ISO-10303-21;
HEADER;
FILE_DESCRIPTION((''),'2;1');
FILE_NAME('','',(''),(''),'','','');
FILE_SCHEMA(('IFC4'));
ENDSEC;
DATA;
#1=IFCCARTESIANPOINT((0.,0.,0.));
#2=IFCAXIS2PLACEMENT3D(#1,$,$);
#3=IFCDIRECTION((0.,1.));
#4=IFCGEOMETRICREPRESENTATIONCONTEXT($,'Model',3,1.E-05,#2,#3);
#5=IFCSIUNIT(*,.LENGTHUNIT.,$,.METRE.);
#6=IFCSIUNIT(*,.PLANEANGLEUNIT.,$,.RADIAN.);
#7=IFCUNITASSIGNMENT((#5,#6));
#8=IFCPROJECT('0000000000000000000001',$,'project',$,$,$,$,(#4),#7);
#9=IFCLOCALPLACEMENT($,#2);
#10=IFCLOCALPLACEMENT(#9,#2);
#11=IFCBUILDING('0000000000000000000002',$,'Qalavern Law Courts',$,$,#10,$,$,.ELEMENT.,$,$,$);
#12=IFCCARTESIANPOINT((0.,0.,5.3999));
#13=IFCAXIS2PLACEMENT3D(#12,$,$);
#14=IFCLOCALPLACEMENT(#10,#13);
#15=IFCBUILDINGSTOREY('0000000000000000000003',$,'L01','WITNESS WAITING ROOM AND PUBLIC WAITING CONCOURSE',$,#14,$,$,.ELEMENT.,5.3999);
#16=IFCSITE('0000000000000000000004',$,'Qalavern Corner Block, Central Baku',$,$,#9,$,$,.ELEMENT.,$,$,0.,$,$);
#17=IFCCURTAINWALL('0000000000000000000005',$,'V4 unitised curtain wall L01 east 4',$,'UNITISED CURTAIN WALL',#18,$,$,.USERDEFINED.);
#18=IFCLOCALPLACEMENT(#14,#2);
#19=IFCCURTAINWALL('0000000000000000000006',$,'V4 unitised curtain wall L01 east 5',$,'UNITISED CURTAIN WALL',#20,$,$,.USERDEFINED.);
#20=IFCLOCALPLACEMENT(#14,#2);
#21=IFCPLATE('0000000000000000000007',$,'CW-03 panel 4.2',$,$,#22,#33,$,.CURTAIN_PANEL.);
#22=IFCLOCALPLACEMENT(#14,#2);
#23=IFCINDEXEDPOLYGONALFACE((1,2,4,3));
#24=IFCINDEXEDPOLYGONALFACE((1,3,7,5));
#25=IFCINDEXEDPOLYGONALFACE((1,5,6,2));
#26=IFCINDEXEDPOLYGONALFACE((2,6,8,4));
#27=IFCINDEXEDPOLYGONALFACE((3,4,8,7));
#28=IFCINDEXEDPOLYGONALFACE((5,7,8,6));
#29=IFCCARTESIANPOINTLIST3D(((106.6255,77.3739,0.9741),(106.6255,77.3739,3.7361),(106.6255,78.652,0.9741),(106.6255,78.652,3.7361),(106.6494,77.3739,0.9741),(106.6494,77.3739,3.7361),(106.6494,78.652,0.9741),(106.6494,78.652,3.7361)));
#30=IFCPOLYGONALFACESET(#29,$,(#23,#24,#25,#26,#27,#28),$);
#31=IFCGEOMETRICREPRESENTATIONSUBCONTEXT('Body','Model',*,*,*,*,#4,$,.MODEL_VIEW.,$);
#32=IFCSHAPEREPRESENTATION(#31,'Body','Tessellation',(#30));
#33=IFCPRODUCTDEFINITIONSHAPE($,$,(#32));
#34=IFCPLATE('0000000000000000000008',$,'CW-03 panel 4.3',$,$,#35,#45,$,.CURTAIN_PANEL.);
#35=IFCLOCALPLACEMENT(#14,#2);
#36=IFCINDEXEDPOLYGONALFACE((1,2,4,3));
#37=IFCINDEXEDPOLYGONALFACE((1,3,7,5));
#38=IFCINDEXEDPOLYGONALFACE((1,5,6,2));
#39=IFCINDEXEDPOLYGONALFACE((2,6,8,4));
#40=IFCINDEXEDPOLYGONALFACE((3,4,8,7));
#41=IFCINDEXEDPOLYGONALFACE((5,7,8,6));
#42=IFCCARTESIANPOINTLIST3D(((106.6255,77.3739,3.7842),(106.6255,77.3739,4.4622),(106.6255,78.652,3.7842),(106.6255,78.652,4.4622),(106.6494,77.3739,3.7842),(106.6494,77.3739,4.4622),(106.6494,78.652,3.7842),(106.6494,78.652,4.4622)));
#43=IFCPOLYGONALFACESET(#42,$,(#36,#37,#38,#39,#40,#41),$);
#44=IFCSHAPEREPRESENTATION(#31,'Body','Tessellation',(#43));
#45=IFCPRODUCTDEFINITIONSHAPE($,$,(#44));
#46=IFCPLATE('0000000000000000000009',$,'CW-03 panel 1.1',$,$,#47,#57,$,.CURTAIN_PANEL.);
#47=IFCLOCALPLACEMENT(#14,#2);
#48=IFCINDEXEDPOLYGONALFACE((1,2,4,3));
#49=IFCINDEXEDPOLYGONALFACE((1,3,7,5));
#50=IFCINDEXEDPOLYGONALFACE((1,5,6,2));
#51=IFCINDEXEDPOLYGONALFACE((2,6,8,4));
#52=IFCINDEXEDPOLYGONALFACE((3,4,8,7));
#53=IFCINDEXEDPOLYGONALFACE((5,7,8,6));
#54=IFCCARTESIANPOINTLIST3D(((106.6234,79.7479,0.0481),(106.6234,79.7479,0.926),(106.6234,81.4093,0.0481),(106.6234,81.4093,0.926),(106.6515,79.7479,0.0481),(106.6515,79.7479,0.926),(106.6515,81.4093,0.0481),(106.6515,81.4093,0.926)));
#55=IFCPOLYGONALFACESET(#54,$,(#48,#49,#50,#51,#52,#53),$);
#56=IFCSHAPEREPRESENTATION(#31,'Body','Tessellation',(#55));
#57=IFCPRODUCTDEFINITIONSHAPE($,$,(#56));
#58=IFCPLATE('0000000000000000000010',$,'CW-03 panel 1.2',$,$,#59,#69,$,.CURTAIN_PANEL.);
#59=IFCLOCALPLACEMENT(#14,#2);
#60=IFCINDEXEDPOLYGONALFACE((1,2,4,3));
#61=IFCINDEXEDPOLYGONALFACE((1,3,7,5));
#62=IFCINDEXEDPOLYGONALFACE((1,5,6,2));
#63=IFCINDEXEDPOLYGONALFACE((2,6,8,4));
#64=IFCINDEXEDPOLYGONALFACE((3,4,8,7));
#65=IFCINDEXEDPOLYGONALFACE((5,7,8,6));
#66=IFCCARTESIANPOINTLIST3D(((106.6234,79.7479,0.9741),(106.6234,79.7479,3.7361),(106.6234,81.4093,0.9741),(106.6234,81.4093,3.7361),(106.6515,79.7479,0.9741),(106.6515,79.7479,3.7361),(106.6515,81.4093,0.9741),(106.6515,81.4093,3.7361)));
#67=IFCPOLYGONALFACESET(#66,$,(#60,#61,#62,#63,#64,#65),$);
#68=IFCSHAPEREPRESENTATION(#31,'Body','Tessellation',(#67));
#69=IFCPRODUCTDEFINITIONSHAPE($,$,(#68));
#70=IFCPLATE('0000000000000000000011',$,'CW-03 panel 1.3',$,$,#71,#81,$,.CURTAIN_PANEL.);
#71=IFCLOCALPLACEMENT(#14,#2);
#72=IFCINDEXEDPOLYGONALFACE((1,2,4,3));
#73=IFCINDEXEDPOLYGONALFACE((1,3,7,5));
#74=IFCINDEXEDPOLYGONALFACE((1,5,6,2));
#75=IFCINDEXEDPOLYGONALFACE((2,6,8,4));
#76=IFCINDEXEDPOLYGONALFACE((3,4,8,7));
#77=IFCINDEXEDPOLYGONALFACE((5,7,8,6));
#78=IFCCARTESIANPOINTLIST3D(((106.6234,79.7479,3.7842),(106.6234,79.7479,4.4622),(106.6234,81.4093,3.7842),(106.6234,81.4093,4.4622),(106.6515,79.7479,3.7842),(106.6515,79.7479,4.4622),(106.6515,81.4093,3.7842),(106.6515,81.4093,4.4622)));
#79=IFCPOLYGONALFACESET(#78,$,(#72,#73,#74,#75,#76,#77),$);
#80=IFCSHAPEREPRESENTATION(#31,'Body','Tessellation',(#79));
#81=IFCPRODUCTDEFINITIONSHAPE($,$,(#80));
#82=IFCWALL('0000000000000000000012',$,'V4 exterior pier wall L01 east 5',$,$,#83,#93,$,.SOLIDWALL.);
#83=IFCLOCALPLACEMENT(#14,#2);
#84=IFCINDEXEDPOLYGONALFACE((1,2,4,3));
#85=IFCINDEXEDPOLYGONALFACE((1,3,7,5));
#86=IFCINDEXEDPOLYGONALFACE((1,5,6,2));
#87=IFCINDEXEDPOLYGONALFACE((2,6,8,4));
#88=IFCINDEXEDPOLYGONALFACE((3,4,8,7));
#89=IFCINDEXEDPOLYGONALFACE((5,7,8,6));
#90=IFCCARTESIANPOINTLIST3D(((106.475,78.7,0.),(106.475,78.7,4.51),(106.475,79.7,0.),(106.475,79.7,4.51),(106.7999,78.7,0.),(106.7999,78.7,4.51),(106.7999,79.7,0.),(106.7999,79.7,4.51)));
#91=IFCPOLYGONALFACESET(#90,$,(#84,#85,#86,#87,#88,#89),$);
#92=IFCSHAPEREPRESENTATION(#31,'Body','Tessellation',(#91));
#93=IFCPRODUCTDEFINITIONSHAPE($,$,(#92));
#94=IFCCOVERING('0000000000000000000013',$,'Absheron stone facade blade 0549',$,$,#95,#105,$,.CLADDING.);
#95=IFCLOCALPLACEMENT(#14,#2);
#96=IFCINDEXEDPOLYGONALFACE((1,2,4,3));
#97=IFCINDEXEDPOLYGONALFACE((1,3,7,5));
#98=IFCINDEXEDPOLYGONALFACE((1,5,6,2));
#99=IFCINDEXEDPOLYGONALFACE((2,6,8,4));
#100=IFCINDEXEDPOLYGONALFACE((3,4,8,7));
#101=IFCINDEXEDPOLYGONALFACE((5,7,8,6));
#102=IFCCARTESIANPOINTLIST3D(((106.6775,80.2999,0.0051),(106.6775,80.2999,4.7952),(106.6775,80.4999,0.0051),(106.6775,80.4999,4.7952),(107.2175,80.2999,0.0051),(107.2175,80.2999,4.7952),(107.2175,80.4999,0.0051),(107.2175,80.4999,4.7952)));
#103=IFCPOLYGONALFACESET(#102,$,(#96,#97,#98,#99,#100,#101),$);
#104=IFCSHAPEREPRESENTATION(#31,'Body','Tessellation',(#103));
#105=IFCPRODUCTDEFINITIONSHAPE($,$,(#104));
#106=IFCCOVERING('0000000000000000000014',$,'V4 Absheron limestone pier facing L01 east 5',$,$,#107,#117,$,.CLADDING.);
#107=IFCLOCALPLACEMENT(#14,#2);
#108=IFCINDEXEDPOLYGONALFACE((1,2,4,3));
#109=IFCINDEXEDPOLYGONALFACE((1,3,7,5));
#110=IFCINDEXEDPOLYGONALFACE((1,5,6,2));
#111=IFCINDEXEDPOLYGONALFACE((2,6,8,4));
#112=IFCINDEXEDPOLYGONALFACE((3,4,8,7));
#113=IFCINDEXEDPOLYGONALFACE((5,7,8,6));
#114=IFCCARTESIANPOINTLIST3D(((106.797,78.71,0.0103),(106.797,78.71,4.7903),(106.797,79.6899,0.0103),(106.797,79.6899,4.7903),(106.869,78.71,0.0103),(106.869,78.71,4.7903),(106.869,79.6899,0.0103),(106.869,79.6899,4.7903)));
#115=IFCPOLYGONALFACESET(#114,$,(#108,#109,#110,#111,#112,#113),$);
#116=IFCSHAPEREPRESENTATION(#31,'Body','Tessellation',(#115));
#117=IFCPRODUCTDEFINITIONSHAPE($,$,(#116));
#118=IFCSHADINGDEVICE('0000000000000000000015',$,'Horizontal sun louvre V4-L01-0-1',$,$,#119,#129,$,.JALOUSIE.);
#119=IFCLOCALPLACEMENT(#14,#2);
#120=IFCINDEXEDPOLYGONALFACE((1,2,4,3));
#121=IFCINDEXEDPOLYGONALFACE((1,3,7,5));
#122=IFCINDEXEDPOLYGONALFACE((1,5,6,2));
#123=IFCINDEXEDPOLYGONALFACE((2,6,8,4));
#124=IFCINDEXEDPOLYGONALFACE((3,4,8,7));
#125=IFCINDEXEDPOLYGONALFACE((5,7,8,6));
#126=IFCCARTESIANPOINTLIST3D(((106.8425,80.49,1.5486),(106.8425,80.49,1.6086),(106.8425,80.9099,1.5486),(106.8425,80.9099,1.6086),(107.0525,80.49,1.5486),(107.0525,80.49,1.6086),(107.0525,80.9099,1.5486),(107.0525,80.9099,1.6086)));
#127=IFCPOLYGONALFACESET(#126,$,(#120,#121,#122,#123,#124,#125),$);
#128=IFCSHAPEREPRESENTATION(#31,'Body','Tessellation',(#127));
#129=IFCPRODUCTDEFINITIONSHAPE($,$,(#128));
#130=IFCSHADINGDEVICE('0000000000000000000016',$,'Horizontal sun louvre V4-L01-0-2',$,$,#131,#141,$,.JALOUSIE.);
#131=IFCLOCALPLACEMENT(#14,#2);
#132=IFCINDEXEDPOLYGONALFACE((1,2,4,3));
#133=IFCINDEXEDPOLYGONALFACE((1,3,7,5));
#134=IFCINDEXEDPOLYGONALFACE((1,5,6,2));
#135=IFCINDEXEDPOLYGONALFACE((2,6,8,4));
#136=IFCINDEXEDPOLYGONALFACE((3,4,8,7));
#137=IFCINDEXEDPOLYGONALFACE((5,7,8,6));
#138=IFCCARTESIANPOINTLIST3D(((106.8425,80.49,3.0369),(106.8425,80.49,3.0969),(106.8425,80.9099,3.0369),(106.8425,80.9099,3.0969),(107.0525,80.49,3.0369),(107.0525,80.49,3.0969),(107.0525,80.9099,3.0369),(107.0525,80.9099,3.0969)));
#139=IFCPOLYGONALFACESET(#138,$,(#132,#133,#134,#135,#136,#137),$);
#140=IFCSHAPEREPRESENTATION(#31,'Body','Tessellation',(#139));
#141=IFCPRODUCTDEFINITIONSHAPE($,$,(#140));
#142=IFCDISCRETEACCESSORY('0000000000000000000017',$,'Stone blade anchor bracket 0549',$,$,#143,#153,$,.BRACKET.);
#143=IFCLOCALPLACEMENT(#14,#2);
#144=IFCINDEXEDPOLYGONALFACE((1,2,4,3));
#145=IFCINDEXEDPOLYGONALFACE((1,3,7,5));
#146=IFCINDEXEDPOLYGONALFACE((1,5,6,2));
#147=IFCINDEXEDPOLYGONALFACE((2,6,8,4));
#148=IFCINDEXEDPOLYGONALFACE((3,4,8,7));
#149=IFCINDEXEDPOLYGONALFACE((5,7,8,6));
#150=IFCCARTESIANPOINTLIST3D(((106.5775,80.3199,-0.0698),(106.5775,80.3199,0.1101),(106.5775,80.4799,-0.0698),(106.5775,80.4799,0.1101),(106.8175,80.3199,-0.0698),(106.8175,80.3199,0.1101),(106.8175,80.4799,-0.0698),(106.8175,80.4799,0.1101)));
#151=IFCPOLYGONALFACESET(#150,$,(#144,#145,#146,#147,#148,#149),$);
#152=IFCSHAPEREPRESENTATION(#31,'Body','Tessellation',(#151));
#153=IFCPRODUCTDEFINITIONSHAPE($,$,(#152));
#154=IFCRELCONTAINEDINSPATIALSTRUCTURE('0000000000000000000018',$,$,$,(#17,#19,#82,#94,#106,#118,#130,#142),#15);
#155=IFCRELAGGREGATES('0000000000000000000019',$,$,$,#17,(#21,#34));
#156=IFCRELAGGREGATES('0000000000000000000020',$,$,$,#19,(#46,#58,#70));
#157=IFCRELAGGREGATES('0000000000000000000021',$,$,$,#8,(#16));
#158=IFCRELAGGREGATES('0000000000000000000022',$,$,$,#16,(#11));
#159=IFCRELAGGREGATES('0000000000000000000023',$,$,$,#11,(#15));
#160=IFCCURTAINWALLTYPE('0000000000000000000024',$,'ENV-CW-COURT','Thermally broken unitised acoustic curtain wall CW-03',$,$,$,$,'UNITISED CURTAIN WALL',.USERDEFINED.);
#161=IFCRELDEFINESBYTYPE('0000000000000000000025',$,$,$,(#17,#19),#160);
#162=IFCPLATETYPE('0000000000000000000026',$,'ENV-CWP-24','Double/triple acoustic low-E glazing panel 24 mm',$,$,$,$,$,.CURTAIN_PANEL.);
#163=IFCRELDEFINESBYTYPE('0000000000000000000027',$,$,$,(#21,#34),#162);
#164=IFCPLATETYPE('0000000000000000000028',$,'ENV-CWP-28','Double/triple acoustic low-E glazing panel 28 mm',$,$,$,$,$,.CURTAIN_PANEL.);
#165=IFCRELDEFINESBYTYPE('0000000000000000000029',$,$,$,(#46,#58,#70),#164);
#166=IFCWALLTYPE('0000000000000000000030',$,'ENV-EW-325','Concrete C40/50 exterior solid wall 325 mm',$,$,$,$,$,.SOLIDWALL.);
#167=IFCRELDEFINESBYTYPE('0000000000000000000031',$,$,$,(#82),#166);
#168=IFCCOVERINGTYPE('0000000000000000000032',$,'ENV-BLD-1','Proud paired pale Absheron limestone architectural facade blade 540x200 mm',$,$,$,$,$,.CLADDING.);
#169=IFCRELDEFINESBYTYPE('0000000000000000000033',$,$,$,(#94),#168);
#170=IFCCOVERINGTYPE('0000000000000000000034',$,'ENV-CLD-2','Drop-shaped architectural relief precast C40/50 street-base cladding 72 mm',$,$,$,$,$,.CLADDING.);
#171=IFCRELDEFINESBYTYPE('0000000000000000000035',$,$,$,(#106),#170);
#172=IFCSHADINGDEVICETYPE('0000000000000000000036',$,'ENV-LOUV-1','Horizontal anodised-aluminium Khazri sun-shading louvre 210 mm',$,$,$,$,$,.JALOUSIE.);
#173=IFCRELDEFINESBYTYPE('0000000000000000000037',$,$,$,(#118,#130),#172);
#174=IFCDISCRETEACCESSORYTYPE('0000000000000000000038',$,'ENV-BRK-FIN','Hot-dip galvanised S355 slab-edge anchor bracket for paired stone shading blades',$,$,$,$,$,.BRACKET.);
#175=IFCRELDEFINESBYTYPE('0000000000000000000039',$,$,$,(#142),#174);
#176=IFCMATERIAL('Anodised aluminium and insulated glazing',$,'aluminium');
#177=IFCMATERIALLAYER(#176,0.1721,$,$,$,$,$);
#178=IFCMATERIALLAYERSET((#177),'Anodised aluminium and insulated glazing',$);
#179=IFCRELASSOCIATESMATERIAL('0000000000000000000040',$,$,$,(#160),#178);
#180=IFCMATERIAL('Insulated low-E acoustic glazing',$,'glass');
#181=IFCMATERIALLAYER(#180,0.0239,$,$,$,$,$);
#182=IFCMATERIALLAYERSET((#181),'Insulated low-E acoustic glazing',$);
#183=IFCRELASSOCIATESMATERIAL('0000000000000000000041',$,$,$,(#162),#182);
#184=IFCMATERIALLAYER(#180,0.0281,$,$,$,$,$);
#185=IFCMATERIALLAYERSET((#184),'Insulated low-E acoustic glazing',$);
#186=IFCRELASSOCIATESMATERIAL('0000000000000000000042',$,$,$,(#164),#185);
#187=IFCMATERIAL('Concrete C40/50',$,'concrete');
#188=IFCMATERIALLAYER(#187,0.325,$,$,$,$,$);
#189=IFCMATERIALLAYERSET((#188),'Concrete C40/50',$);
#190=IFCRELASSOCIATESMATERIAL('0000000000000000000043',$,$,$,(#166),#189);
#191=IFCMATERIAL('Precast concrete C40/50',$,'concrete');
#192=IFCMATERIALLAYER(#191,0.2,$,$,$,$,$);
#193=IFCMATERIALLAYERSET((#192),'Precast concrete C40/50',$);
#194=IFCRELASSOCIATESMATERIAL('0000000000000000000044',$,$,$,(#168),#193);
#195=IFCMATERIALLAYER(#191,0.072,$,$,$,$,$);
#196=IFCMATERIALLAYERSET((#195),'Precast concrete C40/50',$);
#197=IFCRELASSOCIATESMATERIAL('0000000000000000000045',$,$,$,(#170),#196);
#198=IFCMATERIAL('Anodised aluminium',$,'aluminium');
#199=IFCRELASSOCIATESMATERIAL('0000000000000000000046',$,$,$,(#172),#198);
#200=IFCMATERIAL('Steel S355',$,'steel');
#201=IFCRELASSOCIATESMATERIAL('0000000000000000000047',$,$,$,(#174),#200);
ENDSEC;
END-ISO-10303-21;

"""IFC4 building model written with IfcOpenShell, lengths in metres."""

from ifc_helpers import new_model, si_unit, direction, frame, frame_2d, origin, origin_2d, place, context, subcontext, project, spatial, rectangle, extrude, material, layer, layer_set, type_object, element, aggregate, save


model = new_model("IFC4")

# Units and contexts
model_context = context("Model", 3, precision=1e-05, world=origin(), true_north=direction((0.0, 1.0)))
body_context = subcontext(model_context, "Body", "Model", "MODEL_VIEW")
ifc_project = project(units=[si_unit("LENGTHUNIT", "METRE"), si_unit("PLANEANGLEUNIT", "RADIAN")], contexts=[model_context])

# Site, building, storey
site_placement = place(None, origin())
site = spatial("IfcSite", under=ifc_project, at=site_placement, Name="Qalavern Corner Block, Central Baku", CompositionType="ELEMENT", RefElevation=0.0)
building_placement = place(site_placement, origin())
building = spatial("IfcBuilding", under=site, at=building_placement, Name="Qalavern Law Courts", CompositionType="ELEMENT")
storey_placement = place(building_placement, frame((0.0, 0.0, 5.3999)))
storey = spatial("IfcBuildingStorey", under=building, at=storey_placement, Name="L01", Description="WITNESS WAITING ROOM AND PUBLIC WAITING CONCOURSE", CompositionType="ELEMENT", Elevation=5.3999)

# Curtain walls
ifc_material_1 = material(Name="Anodised aluminium and insulated glazing", Category="aluminium")
ifc_layer_1 = layer(ifc_material_1, 0.1721)
ifc_layer_set_1 = layer_set([ifc_layer_1], Name="Anodised aluminium and insulated glazing")
curtain_wall_type = type_object("IfcCurtainWallType", Name="ENV-CW-COURT", Description="Thermally broken unitised acoustic curtain wall CW-03", ElementType="UNITISED CURTAIN WALL", PredefinedType="USERDEFINED", material=ifc_layer_set_1)
curtain_wall_1_placement = place(storey_placement, origin())
curtain_wall_1 = element("IfcCurtainWall", 1, at=curtain_wall_1_placement, inside=storey, type_object=curtain_wall_type, Name="V4 unitised curtain wall L01 east 4", ObjectType="UNITISED CURTAIN WALL", PredefinedType="USERDEFINED")
ifc_material_2 = material(Name="Anodised aluminium", Category="aluminium")
curtain_wall_2_placement = place(storey_placement, origin())
curtain_wall_2 = element("IfcCurtainWall", 2, at=curtain_wall_2_placement, inside=storey, type_object=curtain_wall_type, Name="V4 unitised curtain wall L01 east 5", ObjectType="UNITISED CURTAIN WALL", PredefinedType="USERDEFINED")

# Plates
ifc_material_3 = material(Name="Insulated low-E acoustic glazing", Category="glass")
ifc_layer_2 = layer(ifc_material_3, 0.0239)
ifc_layer_set_2 = layer_set([ifc_layer_2], Name="Insulated low-E acoustic glazing")
plate_type_1 = type_object("IfcPlateType", Name="ENV-CWP-24", Description="Double/triple acoustic low-E glazing panel 24 mm", PredefinedType="CURTAIN_PANEL", material=ifc_layer_set_2)
plate_1_placement = place(storey_placement, frame((106.6375, 78.0129, 0.9741), z_axis=(0.0, 0.0, 1.0), x_axis=(0.0, 1.0, 0.0)))
plate_1 = element("IfcPlate", 3, at=plate_1_placement, type_object=plate_type_1, Name="CW-03 panel 4.2", PredefinedType="CURTAIN_PANEL", context=body_context, shape_type="SweptSolid", body=[
    extrude(rectangle(XDim=1.2781, YDim=0.0239, at=origin_2d()), origin(), (0.0, 0.0, 1.0), 2.762),
])
plate_2_placement = place(storey_placement, frame((106.6375, 78.0129, 3.7842), z_axis=(0.0, 0.0, 1.0), x_axis=(0.0, 1.0, 0.0)))
plate_2 = element("IfcPlate", 4, at=plate_2_placement, type_object=plate_type_1, Name="CW-03 panel 4.3", PredefinedType="CURTAIN_PANEL", context=body_context, shape_type="SweptSolid", body=[
    extrude(rectangle(XDim=1.2781, YDim=0.0239, at=origin_2d()), origin(), (0.0, 0.0, 1.0), 0.678),
])
aggregate(curtain_wall_1, [plate_1, plate_2])
ifc_layer_3 = layer(ifc_material_3, 0.0281)
ifc_layer_set_3 = layer_set([ifc_layer_3], Name="Insulated low-E acoustic glazing")
plate_type_2 = type_object("IfcPlateType", Name="ENV-CWP-28", Description="Double/triple acoustic low-E glazing panel 28 mm", PredefinedType="CURTAIN_PANEL", material=ifc_layer_set_3)
plate_3_placement = place(storey_placement, frame((106.6375, 80.5786, 0.0481), z_axis=(0.0, 0.0, 1.0), x_axis=(0.0, 1.0, 0.0)))
plate_3 = element("IfcPlate", 5, at=plate_3_placement, type_object=plate_type_2, Name="CW-03 panel 1.1", PredefinedType="CURTAIN_PANEL", context=body_context, shape_type="SweptSolid", body=[
    extrude(rectangle(XDim=1.6614, YDim=0.0281, at=origin_2d()), origin(), (0.0, 0.0, 1.0), 0.8779),
])
plate_4_placement = place(storey_placement, frame((106.6375, 80.5786, 0.9741), z_axis=(0.0, 0.0, 1.0), x_axis=(0.0, 1.0, 0.0)))
plate_4 = element("IfcPlate", 6, at=plate_4_placement, type_object=plate_type_2, Name="CW-03 panel 1.2", PredefinedType="CURTAIN_PANEL", context=body_context, shape_type="SweptSolid", body=[
    extrude(rectangle(XDim=1.6614, YDim=0.0281, at=origin_2d()), origin(), (0.0, 0.0, 1.0), 2.762),
])
plate_5_placement = place(storey_placement, frame((106.6375, 80.5786, 3.7842), z_axis=(0.0, 0.0, 1.0), x_axis=(0.0, 1.0, 0.0)))
plate_5 = element("IfcPlate", 7, at=plate_5_placement, type_object=plate_type_2, Name="CW-03 panel 1.3", PredefinedType="CURTAIN_PANEL", context=body_context, shape_type="SweptSolid", body=[
    extrude(rectangle(XDim=1.6614, YDim=0.0281, at=origin_2d()), origin(), (0.0, 0.0, 1.0), 0.678),
])
aggregate(curtain_wall_2, [plate_3, plate_4, plate_5])

# Wall
ifc_material_4 = material(Name="Concrete C40/50", Category="concrete")
ifc_layer_4 = layer(ifc_material_4, 0.325)
ifc_layer_set_4 = layer_set([ifc_layer_4], Name="Concrete C40/50")
wall_type = type_object("IfcWallType", Name="ENV-EW-325", Description="Concrete C40/50 exterior solid wall 325 mm", PredefinedType="SOLIDWALL", material=ifc_layer_set_4)
wall_placement = place(storey_placement, frame((106.6375, 78.7, 0.0), z_axis=(0.0, 0.0, 1.0), x_axis=(0.0, 1.0, 0.0)))
element("IfcWall", 8, at=wall_placement, inside=storey, type_object=wall_type, Name="V4 exterior pier wall L01 east 5", PredefinedType="SOLIDWALL", context=body_context, shape_type="SweptSolid", body=[
    extrude(rectangle(XDim=1.0, YDim=0.325, at=frame_2d((0.5, 0.0))), origin(), (0.0, 0.0, 1.0), 4.51),
])

# Coverings
ifc_material_5 = material(Name="Precast concrete C40/50", Category="concrete")
ifc_layer_5 = layer(ifc_material_5, 0.2)
ifc_layer_set_5 = layer_set([ifc_layer_5], Name="Precast concrete C40/50")
covering_type_1 = type_object("IfcCoveringType", Name="ENV-BLD-1", Description="Proud paired pale Absheron limestone architectural facade blade 540x200 mm", PredefinedType="CLADDING", material=ifc_layer_set_5)
covering_1_placement = place(storey_placement, frame((106.9475, 80.3999, 0.0051), z_axis=(0.0, 0.0, 1.0), x_axis=(1.0, 0.0, 0.0)))
element("IfcCovering", 9, at=covering_1_placement, inside=storey, type_object=covering_type_1, Name="Absheron stone facade blade 0549", PredefinedType="CLADDING", context=body_context, shape_type="SweptSolid", body=[
    extrude(rectangle(XDim=0.54, YDim=0.2, at=origin_2d()), origin(), (0.0, 0.0, 1.0), 4.79),
])
ifc_layer_6 = layer(ifc_material_5, 0.072)
ifc_layer_set_6 = layer_set([ifc_layer_6], Name="Precast concrete C40/50")
covering_type_2 = type_object("IfcCoveringType", Name="ENV-CLD-2", Description="Drop-shaped architectural relief precast C40/50 street-base cladding 72 mm", PredefinedType="CLADDING", material=ifc_layer_set_6)
covering_2_placement = place(storey_placement, frame((106.833, 79.2, 0.0103), z_axis=(0.0, 0.0, 1.0), x_axis=(0.0, 1.0, 0.0)))
element("IfcCovering", 10, at=covering_2_placement, inside=storey, type_object=covering_type_2, Name="V4 Absheron limestone pier facing L01 east 5", PredefinedType="CLADDING", context=body_context, shape_type="SweptSolid", body=[
    extrude(rectangle(XDim=0.98, YDim=0.072, at=origin_2d()), origin(), (0.0, 0.0, 1.0), 4.78),
])

# Shading devices
shading_device_type = type_object("IfcShadingDeviceType", Name="ENV-LOUV-1", Description="Horizontal anodised-aluminium Khazri sun-shading louvre 210 mm", PredefinedType="JALOUSIE", material=ifc_material_2)
for number, where, z_axis, x_axis, name in (
    (11, (106.9475, 80.7, 1.5486), (0.0, 0.0, 1.0), (0.0, 1.0, 0.0), "Horizontal sun louvre V4-L01-0-1"),
    (12, (106.9475, 80.7, 3.0369), (0.0, 0.0, 1.0), (0.0, 1.0, 0.0), "Horizontal sun louvre V4-L01-0-2"),
):
    element("IfcShadingDevice", number, at=place(storey_placement, frame(where, z_axis=z_axis, x_axis=x_axis)), inside=storey, type_object=shading_device_type, Name=name, PredefinedType="JALOUSIE", context=body_context, shape_type="SweptSolid", body=[
        extrude(rectangle(XDim=0.4199, YDim=0.21, at=origin_2d()), origin(), (0.0, 0.0, 1.0), 0.0601),
    ])

# Discrete accessory
ifc_material_6 = material(Name="Steel S355", Category="steel")
discrete_accessory_type = type_object("IfcDiscreteAccessoryType", Name="ENV-BRK-FIN", Description="Hot-dip galvanised S355 slab-edge anchor bracket for paired stone shading blades", PredefinedType="BRACKET", material=ifc_material_6)
discrete_accessory_placement = place(storey_placement, frame((106.6975, 80.3999, -0.0698), z_axis=(0.0, 0.0, 1.0), x_axis=(1.0, 0.0, 0.0)))
element("IfcDiscreteAccessory", 13, at=discrete_accessory_placement, inside=storey, type_object=discrete_accessory_type, Name="Stone blade anchor bracket 0549", PredefinedType="BRACKET", context=body_context, shape_type="SweptSolid", body=[
    extrude(rectangle(XDim=0.24, YDim=0.1599, at=origin_2d()), origin(), (0.0, 0.0, 1.0), 0.1799),
])

save(model, "model.ifc")
